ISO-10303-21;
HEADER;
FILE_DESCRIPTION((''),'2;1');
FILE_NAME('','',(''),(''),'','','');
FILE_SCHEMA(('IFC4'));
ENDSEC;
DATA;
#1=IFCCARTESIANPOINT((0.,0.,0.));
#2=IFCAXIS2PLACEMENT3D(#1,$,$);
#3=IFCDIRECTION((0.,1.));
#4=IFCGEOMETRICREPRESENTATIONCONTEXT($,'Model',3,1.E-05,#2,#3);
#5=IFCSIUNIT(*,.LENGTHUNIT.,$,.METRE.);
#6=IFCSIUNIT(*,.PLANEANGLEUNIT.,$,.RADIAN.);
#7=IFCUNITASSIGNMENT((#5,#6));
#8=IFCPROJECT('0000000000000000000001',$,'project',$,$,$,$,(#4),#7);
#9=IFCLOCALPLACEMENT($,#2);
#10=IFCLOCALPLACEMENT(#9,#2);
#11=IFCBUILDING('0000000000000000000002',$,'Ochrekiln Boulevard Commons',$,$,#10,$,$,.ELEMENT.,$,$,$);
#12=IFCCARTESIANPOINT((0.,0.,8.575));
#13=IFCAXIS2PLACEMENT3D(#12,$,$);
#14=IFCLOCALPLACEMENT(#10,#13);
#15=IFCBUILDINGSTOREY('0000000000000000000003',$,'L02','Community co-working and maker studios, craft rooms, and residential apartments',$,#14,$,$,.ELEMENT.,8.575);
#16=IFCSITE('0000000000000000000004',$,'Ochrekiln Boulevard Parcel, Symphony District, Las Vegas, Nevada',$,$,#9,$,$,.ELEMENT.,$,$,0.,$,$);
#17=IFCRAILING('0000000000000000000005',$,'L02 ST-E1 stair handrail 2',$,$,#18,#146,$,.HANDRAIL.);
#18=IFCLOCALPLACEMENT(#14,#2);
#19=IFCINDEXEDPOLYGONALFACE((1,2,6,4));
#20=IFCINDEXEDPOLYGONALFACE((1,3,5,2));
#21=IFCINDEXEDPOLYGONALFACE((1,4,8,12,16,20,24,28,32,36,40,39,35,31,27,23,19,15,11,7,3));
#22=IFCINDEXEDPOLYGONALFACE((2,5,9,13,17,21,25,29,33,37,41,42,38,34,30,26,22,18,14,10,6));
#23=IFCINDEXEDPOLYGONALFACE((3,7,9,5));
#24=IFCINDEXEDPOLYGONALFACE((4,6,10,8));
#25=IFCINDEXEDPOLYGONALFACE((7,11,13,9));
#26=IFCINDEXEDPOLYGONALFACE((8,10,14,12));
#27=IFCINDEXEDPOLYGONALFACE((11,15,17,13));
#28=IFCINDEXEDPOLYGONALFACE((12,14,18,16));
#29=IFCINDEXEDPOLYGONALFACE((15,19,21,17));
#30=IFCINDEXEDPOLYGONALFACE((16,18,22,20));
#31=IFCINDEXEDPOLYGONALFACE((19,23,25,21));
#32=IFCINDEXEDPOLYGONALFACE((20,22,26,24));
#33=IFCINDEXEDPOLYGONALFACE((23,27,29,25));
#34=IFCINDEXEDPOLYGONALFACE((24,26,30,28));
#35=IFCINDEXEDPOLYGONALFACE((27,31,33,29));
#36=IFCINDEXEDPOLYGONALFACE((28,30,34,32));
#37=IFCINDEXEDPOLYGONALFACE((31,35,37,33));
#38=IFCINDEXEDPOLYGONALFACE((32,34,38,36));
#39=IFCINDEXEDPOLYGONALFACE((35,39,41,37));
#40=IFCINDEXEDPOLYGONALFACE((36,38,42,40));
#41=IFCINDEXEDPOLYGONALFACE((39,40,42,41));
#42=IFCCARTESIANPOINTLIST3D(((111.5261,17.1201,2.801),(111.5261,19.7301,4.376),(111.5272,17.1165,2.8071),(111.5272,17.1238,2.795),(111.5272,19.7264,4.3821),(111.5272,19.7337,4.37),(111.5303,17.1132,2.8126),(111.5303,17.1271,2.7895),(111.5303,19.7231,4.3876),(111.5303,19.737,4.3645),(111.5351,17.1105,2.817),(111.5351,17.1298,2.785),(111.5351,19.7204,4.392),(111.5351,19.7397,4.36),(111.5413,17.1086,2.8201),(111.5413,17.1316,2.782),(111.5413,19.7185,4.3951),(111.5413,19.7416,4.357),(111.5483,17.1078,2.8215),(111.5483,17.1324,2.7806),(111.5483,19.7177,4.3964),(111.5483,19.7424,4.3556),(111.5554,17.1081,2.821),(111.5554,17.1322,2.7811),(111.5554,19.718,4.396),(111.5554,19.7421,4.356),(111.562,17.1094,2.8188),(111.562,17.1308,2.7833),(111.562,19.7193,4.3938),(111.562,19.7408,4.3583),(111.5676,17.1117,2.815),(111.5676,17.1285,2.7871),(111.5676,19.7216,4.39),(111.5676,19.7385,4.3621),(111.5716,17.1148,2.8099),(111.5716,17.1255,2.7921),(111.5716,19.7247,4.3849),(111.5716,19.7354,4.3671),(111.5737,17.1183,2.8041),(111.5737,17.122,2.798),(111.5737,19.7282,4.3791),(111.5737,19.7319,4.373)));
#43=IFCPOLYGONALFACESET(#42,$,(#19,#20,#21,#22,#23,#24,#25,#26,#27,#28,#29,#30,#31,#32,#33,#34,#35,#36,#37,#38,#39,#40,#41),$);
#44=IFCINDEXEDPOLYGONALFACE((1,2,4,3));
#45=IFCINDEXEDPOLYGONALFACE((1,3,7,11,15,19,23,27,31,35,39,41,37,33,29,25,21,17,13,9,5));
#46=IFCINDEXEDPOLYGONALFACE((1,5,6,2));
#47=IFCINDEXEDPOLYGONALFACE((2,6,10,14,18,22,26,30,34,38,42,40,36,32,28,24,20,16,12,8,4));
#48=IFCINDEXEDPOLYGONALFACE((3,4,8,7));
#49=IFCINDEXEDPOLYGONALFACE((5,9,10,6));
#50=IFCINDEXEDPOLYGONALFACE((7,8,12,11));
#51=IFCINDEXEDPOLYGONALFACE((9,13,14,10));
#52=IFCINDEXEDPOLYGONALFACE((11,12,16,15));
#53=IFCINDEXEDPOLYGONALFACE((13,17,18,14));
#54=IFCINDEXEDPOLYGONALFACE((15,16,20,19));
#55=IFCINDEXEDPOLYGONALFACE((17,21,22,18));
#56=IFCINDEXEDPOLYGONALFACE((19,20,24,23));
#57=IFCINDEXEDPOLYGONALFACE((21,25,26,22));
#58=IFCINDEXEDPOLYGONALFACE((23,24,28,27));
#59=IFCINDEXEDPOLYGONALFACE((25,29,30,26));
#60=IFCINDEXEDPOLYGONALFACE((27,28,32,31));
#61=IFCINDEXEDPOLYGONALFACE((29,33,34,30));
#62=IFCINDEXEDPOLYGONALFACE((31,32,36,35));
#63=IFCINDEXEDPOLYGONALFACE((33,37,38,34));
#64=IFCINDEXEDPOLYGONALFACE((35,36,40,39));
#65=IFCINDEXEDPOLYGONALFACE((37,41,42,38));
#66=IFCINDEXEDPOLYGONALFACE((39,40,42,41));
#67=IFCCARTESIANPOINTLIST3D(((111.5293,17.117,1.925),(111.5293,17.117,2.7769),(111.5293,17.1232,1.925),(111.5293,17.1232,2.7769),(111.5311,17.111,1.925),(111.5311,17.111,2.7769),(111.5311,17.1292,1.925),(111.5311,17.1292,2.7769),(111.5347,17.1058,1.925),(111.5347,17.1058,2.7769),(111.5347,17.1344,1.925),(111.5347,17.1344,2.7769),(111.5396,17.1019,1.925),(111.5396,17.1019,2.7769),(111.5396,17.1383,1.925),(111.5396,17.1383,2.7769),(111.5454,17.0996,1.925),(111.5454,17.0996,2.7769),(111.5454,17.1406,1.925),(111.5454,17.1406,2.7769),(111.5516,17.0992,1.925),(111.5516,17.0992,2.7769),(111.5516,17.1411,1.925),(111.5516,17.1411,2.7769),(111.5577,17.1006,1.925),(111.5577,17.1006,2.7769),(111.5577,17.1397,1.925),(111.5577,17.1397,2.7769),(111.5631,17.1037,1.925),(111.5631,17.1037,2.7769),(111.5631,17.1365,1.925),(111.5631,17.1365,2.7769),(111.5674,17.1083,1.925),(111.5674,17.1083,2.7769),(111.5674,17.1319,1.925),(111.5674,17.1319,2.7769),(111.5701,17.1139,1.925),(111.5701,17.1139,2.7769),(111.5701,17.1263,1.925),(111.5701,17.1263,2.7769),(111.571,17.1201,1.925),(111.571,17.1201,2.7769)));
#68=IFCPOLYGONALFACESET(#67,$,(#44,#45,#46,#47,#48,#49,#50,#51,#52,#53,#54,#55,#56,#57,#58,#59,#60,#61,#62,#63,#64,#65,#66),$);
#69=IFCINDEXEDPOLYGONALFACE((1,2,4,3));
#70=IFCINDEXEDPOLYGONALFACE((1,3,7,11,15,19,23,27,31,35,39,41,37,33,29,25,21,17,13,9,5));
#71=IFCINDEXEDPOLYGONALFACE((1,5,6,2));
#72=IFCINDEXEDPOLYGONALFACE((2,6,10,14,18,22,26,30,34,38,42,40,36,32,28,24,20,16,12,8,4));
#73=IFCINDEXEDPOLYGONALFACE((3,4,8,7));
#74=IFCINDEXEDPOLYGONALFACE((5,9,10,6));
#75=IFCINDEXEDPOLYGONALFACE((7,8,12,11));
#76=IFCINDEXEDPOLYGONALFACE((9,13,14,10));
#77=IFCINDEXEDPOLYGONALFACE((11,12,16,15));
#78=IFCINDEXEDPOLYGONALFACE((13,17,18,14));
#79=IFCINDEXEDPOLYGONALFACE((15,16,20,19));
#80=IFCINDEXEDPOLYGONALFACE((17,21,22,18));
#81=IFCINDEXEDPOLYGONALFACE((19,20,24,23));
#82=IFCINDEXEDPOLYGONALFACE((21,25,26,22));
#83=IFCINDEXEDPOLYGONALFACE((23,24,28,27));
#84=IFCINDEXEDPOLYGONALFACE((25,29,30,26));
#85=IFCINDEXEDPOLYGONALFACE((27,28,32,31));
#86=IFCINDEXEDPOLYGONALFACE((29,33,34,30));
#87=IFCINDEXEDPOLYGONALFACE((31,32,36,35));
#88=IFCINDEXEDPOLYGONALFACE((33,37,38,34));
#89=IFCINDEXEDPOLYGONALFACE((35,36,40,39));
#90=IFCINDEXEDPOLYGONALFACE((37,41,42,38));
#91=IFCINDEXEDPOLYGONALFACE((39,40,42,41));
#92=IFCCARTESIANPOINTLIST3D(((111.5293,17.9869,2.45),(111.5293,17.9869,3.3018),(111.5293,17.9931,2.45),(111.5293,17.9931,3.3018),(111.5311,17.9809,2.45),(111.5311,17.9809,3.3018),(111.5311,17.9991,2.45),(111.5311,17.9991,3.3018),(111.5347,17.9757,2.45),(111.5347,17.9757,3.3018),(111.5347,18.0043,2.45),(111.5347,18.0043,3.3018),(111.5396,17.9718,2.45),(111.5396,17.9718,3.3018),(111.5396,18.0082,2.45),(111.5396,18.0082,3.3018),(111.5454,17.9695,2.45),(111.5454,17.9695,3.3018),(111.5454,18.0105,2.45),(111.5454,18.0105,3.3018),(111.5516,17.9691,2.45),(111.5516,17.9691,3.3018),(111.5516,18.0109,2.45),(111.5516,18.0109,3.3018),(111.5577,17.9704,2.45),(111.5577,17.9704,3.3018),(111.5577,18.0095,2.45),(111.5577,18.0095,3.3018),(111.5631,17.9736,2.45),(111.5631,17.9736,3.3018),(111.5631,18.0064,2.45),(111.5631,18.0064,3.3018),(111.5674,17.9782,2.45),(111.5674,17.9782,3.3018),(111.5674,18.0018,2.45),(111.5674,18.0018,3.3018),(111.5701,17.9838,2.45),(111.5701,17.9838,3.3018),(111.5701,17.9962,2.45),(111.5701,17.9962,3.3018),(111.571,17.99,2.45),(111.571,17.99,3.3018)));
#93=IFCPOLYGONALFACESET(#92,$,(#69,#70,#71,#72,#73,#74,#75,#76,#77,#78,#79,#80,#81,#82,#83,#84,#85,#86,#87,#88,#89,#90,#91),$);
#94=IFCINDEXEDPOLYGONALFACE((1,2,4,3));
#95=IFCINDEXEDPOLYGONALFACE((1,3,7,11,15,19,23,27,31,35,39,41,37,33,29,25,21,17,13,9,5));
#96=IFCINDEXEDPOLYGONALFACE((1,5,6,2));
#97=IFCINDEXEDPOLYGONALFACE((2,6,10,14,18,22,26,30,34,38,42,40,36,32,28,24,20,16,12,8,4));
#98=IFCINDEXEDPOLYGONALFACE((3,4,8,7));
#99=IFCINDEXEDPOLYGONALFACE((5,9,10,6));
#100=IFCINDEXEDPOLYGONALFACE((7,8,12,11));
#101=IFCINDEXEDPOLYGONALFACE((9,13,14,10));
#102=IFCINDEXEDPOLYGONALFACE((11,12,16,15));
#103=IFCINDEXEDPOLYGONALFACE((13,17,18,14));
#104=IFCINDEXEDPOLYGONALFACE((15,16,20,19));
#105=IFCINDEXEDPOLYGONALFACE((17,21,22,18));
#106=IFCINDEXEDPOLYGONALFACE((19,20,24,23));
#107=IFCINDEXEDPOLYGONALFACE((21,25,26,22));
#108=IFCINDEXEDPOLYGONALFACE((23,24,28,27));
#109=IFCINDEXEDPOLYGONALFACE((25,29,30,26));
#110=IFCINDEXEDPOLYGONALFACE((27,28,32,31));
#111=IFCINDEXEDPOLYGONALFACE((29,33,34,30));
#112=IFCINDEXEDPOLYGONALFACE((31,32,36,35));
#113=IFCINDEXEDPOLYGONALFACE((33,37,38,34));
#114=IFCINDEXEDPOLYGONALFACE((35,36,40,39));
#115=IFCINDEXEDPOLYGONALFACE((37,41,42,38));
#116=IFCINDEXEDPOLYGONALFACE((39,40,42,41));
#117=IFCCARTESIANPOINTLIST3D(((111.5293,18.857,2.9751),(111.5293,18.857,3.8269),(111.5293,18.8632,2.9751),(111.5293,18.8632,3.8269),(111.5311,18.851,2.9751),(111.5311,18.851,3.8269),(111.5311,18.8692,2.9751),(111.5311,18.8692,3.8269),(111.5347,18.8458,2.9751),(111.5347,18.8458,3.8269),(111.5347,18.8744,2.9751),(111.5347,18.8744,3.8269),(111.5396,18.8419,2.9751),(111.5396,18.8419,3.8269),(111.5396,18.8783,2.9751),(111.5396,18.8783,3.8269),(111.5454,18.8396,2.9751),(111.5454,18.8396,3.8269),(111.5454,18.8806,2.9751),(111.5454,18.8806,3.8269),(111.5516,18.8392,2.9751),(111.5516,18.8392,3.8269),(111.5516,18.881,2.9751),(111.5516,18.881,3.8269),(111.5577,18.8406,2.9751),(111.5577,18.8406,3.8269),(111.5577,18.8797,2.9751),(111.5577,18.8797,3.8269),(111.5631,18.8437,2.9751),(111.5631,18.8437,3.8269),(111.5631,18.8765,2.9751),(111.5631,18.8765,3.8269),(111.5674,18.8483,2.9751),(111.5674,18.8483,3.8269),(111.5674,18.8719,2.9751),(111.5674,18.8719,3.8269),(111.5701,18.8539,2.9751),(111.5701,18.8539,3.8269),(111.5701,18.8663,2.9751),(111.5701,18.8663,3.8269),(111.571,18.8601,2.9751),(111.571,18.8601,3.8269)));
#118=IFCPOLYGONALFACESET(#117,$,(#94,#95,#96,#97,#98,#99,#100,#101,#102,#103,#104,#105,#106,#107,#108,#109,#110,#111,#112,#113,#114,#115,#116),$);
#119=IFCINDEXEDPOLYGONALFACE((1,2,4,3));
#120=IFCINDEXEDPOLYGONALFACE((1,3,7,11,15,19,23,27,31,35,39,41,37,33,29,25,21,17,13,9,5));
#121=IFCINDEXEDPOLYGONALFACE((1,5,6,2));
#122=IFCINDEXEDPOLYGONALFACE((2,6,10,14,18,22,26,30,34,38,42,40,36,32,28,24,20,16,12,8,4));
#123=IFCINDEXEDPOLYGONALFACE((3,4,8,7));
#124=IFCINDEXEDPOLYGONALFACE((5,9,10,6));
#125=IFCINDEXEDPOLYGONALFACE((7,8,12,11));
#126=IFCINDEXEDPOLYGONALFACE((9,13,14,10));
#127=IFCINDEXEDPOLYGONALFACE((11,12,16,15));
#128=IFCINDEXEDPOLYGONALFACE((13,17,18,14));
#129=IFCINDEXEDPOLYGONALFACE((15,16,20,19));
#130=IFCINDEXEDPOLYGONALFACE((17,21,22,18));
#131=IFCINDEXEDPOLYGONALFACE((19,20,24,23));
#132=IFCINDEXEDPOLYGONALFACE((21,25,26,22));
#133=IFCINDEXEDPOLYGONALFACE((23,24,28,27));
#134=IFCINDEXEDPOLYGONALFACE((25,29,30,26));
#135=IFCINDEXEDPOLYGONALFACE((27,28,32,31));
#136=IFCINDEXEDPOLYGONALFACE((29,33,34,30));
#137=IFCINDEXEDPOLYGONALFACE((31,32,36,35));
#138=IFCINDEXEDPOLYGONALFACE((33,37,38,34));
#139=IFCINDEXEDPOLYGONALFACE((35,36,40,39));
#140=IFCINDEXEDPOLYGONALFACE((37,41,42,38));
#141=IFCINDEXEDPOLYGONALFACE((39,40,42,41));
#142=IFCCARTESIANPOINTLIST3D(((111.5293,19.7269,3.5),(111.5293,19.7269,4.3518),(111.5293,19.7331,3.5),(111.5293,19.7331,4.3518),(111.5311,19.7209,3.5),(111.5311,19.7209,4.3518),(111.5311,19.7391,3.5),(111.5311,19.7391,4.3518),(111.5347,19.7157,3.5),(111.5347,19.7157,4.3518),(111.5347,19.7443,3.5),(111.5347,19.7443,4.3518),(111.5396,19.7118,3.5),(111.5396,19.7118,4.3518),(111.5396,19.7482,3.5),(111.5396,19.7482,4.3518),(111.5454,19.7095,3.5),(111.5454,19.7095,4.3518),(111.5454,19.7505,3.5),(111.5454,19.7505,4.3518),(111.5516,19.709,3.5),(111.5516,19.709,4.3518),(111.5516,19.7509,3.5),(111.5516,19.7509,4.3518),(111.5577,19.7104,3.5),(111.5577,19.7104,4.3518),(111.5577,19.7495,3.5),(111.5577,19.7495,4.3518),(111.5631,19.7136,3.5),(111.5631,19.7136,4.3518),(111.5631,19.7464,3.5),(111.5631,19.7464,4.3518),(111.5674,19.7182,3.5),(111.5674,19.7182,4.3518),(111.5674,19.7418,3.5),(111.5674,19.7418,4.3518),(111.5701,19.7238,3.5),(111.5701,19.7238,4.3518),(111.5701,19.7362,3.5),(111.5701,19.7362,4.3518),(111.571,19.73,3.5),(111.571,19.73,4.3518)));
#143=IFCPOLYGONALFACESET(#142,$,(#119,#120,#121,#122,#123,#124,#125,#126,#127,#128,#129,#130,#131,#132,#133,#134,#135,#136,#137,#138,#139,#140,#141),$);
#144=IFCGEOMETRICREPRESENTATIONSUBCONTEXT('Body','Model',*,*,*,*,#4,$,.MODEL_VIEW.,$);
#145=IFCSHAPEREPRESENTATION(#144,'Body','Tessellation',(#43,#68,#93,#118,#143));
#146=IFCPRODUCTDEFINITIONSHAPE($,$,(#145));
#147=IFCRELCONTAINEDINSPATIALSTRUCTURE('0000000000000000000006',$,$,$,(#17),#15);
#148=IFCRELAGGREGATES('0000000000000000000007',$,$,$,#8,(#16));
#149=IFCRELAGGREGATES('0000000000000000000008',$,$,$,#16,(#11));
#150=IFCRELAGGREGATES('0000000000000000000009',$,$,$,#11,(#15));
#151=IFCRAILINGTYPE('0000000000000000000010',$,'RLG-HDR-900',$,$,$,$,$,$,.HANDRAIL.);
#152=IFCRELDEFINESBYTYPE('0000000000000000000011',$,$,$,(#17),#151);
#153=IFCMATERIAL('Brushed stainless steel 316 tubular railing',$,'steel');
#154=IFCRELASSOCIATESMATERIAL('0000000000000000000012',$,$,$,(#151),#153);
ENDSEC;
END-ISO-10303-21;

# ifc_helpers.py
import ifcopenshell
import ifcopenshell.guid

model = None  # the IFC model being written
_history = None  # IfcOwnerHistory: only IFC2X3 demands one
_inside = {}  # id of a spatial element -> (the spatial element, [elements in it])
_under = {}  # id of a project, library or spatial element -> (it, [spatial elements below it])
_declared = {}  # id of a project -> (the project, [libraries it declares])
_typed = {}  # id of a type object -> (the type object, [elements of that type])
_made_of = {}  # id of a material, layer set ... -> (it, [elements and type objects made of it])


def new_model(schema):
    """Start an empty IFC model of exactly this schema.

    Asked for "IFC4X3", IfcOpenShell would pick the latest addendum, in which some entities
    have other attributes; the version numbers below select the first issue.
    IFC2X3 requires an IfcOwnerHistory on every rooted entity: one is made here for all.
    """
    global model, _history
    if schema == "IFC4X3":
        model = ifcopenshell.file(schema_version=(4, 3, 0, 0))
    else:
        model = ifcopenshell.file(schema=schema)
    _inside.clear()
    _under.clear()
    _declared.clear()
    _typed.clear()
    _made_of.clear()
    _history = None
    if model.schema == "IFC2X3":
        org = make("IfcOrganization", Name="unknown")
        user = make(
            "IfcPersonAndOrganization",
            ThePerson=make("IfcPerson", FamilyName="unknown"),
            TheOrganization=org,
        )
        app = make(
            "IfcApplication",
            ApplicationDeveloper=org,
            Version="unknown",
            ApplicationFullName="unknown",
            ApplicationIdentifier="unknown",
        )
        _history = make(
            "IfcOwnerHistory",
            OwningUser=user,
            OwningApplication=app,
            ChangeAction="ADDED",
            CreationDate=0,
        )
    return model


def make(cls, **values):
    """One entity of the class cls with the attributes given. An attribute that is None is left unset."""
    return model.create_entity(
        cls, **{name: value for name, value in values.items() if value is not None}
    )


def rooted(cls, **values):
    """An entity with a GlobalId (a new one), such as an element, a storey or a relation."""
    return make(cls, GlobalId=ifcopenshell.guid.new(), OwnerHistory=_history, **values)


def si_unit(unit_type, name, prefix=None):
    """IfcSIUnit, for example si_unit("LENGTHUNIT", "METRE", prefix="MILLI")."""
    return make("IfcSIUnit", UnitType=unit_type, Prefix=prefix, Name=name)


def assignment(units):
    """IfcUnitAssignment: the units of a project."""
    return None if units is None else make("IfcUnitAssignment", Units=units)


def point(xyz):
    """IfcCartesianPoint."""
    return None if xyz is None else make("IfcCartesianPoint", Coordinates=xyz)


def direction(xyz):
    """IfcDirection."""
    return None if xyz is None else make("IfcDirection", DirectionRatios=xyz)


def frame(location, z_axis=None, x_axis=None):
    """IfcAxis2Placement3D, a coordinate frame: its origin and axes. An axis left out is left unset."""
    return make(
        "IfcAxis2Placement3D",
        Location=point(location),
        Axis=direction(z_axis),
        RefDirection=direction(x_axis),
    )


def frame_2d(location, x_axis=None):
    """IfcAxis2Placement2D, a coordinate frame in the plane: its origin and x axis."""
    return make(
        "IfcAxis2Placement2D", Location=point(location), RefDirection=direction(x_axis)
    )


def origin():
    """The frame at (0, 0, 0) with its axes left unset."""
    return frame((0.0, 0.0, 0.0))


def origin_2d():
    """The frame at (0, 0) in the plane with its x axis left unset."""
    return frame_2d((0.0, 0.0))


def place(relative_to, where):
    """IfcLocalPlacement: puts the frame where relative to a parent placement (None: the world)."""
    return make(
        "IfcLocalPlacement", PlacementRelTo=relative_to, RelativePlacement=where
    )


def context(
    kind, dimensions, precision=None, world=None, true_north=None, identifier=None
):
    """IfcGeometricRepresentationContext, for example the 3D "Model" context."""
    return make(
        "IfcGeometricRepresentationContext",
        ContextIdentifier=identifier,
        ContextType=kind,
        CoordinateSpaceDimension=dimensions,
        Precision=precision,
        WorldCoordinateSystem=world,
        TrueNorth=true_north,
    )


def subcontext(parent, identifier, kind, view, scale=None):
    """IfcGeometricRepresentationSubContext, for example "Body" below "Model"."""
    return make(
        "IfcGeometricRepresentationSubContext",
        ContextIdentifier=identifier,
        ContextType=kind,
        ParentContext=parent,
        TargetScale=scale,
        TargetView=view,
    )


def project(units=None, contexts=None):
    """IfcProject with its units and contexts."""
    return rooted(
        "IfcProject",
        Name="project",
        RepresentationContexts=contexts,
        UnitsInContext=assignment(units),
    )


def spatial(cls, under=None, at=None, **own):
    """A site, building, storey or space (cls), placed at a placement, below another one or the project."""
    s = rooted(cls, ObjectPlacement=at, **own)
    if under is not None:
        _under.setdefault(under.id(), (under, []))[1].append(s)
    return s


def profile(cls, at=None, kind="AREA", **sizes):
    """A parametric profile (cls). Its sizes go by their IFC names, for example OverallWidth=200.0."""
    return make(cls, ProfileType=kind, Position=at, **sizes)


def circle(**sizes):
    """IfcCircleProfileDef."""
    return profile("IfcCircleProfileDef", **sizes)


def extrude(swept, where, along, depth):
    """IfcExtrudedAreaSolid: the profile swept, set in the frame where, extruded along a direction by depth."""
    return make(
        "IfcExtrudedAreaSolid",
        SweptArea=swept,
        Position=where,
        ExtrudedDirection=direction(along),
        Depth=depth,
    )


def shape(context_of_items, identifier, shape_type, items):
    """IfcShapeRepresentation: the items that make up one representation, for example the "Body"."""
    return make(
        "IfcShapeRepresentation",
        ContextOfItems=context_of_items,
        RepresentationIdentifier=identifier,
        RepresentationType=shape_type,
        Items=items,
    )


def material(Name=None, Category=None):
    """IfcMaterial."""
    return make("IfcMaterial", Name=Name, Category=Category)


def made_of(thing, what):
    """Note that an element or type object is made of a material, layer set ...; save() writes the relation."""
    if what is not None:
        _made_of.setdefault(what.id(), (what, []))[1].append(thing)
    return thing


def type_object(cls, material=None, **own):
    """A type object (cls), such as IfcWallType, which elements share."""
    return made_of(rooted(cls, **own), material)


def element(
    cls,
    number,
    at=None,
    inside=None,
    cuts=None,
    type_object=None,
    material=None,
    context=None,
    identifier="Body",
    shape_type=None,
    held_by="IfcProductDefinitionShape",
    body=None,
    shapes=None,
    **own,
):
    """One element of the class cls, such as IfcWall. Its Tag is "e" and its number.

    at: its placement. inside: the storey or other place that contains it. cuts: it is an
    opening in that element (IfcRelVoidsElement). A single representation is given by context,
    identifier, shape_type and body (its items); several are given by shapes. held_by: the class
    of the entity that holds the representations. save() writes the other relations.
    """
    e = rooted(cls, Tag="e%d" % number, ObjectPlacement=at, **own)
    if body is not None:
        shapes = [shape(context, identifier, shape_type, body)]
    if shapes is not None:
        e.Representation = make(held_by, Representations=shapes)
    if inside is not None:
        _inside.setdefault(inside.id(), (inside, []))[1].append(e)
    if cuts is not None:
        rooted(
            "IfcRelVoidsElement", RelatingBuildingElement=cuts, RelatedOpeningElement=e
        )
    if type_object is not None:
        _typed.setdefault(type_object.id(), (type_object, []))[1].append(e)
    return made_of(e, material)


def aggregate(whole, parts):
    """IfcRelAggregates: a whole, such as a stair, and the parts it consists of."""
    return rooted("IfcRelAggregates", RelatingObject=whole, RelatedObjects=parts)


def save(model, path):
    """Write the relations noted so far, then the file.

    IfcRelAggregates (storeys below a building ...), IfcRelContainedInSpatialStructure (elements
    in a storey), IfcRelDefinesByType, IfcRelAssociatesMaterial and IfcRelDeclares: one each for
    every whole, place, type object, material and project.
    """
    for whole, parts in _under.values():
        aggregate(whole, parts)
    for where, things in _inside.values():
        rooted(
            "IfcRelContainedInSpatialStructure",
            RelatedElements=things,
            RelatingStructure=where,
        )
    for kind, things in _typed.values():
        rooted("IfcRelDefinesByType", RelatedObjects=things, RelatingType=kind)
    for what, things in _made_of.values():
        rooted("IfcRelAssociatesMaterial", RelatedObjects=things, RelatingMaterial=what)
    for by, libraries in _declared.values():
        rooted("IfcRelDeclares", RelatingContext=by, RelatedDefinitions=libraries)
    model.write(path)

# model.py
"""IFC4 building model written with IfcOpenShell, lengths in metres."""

from ifc_helpers import new_model, si_unit, direction, frame, origin, origin_2d, place, context, subcontext, project, spatial, circle, extrude, material, type_object, element, save


model = new_model("IFC4")

# Units and contexts
model_context = context("Model", 3, precision=1e-05, world=origin(), true_north=direction((0.0, 1.0)))
body_context = subcontext(model_context, "Body", "Model", "MODEL_VIEW")
ifc_project = project(units=[si_unit("LENGTHUNIT", "METRE"), si_unit("PLANEANGLEUNIT", "RADIAN")], contexts=[model_context])

# Site, building, storey
site_placement = place(None, origin())
site = spatial("IfcSite", under=ifc_project, at=site_placement, Name="Ochrekiln Boulevard Parcel, Symphony District, Las Vegas, Nevada", CompositionType="ELEMENT", RefElevation=0.0)
building_placement = place(site_placement, origin())
building = spatial("IfcBuilding", under=site, at=building_placement, Name="Ochrekiln Boulevard Commons", CompositionType="ELEMENT")
storey_placement = place(building_placement, frame((0.0, 0.0, 8.575)))
storey = spatial("IfcBuildingStorey", under=building, at=storey_placement, Name="L02", Description="Community co-working and maker studios, craft rooms, and residential apartments", CompositionType="ELEMENT", Elevation=8.575)

# Railing
ifc_material_1 = material(Name="Brushed stainless steel 316 tubular railing", Category="steel")
railing_type_1 = type_object("IfcRailingType", Name="RLG-HDR-900", PredefinedType="HANDRAIL", material=ifc_material_1)
railing_1_placement = place(storey_placement, frame((111.55, 17.1201, 1.925)))
element("IfcRailing", 1, at=railing_1_placement, inside=storey, type_object=railing_type_1, Name="L02 ST-E1 stair handrail 2", PredefinedType="HANDRAIL", context=body_context, shape_type="SweptSolid", body=[
    extrude(circle(Radius=0.0239, at=origin_2d()), frame((0.0, 0.0, 0.876), z_axis=(0.0, 0.856183, 0.516673), x_axis=(-1.0, 0.0, 0.0)), (0.0, 0.0, 1.0), 3.0483),
    extrude(circle(Radius=0.021, at=origin_2d()), origin(), (0.0, 0.0, 1.0), 0.8518),
    extrude(circle(Radius=0.021, at=origin_2d()), frame((0.0, 0.8699, 0.5249)), (0.0, 0.0, 1.0), 0.8518),
    extrude(circle(Radius=0.021, at=origin_2d()), frame((0.0, 1.74, 1.05)), (0.0, 0.0, 1.0), 0.8518),
    extrude(circle(Radius=0.021, at=origin_2d()), frame((0.0, 2.6099, 1.575)), (0.0, 0.0, 1.0), 0.8518),
])

save(model, "model.ifc")
